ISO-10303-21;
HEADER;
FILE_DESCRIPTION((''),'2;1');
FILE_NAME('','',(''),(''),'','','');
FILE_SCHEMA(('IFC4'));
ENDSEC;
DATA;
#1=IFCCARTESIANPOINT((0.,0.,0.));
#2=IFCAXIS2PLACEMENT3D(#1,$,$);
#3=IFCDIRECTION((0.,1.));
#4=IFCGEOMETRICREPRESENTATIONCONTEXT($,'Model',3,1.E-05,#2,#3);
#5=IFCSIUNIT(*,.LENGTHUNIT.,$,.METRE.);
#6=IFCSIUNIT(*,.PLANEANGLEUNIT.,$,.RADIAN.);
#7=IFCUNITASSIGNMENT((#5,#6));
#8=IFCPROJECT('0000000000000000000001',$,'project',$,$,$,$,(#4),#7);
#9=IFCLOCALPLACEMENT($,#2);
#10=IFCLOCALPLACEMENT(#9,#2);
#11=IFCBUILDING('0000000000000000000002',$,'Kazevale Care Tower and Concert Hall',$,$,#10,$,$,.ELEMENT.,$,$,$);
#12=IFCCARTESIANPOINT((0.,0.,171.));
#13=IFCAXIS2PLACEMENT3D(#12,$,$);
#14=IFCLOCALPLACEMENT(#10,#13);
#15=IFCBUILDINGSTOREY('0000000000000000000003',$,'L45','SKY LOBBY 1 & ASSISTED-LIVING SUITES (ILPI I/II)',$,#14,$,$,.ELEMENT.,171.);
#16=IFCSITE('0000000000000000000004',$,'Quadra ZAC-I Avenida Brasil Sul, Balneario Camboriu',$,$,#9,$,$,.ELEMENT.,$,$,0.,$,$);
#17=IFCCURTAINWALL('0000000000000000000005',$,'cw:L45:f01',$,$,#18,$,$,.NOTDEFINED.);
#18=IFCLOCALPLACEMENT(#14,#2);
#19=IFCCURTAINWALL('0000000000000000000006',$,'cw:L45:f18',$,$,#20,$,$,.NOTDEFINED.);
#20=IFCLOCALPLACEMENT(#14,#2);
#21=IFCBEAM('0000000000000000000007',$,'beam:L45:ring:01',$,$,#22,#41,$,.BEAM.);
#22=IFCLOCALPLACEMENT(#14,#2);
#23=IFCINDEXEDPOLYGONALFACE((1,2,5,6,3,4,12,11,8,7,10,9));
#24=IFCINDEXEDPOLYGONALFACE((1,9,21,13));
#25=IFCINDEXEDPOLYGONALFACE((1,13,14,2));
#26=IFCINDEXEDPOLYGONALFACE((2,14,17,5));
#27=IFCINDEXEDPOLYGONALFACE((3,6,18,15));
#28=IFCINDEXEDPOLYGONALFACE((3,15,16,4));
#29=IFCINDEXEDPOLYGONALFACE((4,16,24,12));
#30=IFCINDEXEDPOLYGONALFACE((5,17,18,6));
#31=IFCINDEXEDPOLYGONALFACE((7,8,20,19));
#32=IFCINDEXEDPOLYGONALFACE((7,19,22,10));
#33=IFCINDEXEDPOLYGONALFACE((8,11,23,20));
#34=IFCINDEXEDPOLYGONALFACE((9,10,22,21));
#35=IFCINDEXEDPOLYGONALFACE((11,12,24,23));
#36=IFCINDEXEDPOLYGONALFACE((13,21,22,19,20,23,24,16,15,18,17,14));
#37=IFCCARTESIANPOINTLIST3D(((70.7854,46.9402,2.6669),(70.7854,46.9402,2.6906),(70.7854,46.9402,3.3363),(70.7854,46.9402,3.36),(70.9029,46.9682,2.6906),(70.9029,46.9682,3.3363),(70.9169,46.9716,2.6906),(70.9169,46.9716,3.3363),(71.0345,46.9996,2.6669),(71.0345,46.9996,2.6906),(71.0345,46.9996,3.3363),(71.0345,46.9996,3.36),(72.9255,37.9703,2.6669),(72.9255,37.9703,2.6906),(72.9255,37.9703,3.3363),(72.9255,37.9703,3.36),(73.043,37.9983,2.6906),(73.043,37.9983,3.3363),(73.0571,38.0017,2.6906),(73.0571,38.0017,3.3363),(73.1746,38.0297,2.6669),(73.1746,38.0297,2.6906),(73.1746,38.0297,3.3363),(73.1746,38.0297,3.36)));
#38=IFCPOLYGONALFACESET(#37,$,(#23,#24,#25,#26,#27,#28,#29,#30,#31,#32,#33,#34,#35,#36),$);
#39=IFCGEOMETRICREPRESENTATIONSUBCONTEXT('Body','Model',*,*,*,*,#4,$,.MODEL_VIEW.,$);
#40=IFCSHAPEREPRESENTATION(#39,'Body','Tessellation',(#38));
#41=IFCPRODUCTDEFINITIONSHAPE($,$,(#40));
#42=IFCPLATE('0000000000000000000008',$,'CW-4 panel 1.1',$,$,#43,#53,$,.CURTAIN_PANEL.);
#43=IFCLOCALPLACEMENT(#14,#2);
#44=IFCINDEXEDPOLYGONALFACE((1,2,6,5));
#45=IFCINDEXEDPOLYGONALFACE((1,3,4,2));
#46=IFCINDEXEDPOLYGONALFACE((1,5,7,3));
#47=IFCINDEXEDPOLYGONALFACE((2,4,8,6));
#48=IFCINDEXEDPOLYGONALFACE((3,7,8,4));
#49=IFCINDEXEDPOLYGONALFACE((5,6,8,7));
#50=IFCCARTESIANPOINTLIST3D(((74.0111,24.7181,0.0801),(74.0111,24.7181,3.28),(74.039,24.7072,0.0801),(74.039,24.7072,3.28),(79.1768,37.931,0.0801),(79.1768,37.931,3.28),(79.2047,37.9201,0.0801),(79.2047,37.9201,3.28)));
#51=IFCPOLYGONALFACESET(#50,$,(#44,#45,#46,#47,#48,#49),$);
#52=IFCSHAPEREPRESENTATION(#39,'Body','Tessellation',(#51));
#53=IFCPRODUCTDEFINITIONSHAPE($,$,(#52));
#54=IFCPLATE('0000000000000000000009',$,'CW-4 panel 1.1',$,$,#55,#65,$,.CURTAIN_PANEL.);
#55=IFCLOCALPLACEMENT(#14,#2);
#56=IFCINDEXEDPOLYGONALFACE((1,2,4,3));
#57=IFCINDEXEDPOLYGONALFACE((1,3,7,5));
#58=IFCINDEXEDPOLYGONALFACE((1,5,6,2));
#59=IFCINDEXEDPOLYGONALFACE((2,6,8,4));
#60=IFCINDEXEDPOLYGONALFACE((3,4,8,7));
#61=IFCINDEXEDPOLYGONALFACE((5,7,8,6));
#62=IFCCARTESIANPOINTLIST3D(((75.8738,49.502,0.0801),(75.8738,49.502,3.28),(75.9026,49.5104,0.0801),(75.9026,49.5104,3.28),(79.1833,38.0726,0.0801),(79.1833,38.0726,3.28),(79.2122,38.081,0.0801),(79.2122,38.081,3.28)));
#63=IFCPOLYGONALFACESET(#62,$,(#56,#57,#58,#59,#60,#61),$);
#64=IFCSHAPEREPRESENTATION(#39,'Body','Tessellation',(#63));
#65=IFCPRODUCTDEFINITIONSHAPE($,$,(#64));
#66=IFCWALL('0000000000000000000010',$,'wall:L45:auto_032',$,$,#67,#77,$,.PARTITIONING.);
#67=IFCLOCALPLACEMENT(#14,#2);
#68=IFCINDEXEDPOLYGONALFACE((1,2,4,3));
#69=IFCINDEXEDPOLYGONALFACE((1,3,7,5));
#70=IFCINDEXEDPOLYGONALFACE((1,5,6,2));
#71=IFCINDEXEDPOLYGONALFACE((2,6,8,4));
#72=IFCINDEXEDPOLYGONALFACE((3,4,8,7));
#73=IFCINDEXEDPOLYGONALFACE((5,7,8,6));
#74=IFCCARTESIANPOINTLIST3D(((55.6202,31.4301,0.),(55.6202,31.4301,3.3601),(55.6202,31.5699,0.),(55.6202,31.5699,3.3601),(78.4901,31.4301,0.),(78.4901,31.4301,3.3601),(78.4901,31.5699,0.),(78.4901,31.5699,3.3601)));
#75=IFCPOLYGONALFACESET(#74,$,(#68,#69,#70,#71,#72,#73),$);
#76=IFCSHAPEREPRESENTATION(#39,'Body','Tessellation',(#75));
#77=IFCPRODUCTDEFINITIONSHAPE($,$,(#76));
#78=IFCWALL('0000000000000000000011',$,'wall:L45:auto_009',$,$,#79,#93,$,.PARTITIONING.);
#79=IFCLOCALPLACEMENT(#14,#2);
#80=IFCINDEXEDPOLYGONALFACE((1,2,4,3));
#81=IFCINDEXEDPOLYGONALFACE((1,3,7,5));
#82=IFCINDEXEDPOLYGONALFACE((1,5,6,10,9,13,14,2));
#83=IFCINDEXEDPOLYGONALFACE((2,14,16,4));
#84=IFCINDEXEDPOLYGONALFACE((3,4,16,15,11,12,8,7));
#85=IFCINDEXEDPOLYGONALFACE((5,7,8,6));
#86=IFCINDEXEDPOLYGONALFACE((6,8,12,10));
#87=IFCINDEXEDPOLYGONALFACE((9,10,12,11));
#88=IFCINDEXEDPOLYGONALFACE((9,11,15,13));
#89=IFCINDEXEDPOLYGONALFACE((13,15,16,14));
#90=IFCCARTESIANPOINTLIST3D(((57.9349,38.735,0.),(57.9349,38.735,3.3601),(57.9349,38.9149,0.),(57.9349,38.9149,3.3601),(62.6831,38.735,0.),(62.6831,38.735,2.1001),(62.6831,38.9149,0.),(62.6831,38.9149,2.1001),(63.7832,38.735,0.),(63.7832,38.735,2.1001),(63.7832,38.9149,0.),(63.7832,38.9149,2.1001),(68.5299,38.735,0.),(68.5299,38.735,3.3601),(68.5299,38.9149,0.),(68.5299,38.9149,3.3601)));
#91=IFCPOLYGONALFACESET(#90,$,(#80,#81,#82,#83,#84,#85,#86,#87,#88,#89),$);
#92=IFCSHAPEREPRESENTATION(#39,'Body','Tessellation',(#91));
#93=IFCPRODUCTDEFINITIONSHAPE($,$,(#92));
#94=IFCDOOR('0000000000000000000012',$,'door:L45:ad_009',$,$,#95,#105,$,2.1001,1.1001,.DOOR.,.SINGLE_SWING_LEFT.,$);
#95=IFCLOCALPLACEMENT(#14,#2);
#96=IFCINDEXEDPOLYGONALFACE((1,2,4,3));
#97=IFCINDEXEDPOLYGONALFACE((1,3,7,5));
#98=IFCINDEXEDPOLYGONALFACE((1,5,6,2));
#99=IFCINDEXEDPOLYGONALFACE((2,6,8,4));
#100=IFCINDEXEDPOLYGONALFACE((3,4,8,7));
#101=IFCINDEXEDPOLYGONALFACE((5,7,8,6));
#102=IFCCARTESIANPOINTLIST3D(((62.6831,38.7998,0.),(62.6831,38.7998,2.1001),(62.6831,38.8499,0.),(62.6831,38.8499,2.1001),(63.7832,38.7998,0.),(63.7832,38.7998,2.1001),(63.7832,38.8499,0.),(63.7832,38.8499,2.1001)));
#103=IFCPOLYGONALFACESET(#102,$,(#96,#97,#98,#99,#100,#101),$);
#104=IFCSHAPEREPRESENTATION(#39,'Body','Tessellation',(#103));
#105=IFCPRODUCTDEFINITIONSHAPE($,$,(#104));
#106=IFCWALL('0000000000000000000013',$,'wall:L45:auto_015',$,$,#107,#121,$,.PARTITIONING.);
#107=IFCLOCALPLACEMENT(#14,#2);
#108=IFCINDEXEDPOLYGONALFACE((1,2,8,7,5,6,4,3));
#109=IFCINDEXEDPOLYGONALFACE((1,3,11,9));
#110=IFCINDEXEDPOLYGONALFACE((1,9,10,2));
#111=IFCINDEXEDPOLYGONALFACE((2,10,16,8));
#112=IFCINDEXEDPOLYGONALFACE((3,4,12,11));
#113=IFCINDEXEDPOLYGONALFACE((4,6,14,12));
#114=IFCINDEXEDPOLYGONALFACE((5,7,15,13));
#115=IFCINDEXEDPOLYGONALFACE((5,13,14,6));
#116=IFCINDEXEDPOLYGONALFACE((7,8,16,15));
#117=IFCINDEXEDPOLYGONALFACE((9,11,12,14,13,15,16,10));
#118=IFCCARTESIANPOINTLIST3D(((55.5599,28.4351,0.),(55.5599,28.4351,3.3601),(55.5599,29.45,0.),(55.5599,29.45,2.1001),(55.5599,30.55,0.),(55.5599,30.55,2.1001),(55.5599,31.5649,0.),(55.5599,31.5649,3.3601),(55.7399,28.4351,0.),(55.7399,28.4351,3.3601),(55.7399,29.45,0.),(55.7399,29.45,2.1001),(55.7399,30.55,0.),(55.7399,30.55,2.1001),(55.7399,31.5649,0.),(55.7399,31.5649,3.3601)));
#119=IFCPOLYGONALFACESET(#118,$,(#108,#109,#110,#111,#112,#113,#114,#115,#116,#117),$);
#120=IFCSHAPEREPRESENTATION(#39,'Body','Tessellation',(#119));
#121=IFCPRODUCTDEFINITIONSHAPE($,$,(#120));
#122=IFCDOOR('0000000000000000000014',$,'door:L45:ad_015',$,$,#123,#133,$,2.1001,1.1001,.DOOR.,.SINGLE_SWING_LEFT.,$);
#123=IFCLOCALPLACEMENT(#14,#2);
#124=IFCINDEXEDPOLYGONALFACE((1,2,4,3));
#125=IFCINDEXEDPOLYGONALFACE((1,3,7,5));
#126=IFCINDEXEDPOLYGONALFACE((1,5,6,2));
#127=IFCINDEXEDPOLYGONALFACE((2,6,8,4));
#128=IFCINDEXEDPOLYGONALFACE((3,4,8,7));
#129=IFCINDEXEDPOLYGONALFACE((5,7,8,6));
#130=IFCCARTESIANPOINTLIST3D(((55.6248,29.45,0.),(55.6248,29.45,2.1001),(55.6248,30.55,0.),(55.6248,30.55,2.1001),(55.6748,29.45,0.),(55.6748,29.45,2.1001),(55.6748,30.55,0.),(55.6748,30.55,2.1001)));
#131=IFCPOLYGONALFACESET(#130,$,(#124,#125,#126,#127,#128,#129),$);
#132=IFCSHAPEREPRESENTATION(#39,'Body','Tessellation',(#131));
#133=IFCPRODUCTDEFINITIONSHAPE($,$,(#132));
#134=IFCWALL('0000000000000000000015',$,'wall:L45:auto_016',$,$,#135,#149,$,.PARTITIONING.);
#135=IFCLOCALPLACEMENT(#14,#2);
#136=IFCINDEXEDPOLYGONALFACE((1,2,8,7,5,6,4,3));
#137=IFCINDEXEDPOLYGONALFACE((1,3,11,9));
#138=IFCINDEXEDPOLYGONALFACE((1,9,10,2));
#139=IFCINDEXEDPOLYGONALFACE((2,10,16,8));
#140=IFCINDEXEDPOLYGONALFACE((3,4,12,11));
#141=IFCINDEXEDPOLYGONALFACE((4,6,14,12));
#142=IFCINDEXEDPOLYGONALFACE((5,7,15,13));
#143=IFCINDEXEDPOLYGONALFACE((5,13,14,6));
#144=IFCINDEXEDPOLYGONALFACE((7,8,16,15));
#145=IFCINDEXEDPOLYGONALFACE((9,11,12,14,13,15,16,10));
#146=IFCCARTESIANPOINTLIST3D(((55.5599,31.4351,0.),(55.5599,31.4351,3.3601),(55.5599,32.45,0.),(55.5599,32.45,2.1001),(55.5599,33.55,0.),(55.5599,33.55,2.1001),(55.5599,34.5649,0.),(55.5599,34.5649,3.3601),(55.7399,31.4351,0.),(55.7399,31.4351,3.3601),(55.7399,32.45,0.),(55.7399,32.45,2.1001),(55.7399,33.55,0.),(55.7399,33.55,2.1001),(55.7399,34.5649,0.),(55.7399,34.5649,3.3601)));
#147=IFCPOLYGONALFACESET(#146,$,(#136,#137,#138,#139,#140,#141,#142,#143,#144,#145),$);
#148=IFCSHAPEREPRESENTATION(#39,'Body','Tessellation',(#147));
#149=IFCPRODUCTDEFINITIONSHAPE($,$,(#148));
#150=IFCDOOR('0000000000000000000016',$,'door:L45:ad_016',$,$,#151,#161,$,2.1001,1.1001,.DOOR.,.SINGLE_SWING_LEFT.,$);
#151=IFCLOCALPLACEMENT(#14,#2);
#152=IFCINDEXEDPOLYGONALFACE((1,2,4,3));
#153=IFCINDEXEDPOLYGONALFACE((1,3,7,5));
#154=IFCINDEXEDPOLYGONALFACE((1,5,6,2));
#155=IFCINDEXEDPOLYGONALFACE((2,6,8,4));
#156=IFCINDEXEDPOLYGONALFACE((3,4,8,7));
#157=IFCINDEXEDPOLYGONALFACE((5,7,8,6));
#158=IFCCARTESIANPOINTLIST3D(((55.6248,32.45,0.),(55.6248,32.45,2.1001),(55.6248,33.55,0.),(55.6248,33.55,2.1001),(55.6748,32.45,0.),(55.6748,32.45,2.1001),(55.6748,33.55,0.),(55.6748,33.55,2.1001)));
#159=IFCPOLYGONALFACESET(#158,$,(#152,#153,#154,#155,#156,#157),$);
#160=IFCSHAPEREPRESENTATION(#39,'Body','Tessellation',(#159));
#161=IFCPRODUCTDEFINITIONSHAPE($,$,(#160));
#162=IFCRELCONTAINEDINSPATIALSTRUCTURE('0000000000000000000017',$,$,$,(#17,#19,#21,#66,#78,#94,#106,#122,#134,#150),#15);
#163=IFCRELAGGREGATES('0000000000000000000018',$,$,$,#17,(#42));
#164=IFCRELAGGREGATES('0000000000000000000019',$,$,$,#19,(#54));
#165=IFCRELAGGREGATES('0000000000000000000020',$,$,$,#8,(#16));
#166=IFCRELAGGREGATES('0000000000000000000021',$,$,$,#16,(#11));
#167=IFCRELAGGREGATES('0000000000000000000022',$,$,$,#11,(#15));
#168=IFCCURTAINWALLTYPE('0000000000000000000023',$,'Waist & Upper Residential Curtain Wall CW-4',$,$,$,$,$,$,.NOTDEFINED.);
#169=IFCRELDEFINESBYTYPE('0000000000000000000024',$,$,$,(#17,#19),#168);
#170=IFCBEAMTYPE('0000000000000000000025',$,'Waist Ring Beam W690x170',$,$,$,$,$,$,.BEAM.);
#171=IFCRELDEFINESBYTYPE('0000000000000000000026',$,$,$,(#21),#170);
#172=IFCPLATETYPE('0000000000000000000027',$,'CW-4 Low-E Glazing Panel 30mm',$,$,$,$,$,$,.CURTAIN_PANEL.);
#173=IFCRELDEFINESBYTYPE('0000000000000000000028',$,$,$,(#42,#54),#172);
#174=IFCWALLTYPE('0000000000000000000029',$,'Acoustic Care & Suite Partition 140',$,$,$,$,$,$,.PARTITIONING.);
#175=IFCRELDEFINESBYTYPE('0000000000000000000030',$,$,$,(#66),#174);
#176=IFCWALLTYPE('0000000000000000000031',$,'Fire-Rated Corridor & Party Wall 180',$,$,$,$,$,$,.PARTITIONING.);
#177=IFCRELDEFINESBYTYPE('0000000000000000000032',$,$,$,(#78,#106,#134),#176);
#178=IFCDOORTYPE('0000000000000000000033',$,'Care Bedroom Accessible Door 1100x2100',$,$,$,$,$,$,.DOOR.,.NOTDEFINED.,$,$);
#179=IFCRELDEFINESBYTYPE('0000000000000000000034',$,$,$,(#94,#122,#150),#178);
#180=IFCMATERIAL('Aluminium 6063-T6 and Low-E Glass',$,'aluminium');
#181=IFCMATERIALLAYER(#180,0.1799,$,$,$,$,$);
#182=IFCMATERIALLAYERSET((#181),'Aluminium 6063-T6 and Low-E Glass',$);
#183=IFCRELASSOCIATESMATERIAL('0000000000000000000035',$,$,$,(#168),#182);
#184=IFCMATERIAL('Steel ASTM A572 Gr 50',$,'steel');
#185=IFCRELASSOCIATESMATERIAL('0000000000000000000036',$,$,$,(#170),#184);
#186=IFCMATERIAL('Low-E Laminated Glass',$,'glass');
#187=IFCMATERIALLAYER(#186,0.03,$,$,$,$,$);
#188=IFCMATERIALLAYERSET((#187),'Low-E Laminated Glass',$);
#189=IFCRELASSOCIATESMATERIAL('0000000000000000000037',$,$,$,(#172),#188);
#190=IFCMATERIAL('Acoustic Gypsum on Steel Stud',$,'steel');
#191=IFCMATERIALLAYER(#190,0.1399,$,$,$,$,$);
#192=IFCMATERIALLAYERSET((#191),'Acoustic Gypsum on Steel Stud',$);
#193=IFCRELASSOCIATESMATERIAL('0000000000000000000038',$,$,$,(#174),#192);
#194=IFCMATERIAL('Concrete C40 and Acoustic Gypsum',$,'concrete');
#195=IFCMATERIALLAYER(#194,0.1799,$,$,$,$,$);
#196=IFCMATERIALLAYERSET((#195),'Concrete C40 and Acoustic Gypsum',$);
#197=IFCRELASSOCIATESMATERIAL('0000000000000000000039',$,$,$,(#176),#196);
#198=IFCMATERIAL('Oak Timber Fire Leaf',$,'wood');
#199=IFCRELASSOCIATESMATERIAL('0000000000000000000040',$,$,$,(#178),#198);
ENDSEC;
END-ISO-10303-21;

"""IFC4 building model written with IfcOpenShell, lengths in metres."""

from ifc_helpers import new_model, si_unit, direction, frame, frame_2d, origin, origin_2d, place, context, subcontext, project, spatial, rectangle, i_section, extrude, material, layer, layer_set, material_profile, profile_set, type_object, element, fill, aggregate, save


model = new_model("IFC4")

# Units and contexts
model_context = context("Model", 3, precision=1e-05, world=origin(), true_north=direction((0.0, 1.0)))
body_context = subcontext(model_context, "Body", "Model", "MODEL_VIEW")
ifc_project = project(units=[si_unit("LENGTHUNIT", "METRE"), si_unit("PLANEANGLEUNIT", "RADIAN")], contexts=[model_context])

# Site, building, storey
site_placement = place(None, origin())
site = spatial("IfcSite", under=ifc_project, at=site_placement, Name="Quadra ZAC-I Avenida Brasil Sul, Balneario Camboriu", CompositionType="ELEMENT", RefElevation=0.0)
building_placement = place(site_placement, origin())
building = spatial("IfcBuilding", under=site, at=building_placement, Name="Kazevale Care Tower and Concert Hall", CompositionType="ELEMENT")
storey_placement = place(building_placement, frame((0.0, 0.0, 171.0)))
storey = spatial("IfcBuildingStorey", under=building, at=storey_placement, Name="L45", Description="SKY LOBBY 1 & ASSISTED-LIVING SUITES (ILPI I/II)", CompositionType="ELEMENT", Elevation=171.0)

# Curtain walls
ifc_material_1 = material(Name="Aluminium 6063-T6 and Low-E Glass", Category="aluminium")
ifc_layer_1 = layer(ifc_material_1, 0.1799)
ifc_layer_set_1 = layer_set([ifc_layer_1], Name="Aluminium 6063-T6 and Low-E Glass")
curtain_wall_type = type_object("IfcCurtainWallType", Name="Waist & Upper Residential Curtain Wall CW-4", PredefinedType="NOTDEFINED", material=ifc_layer_set_1)
curtain_wall_1_placement = place(storey_placement, origin())
curtain_wall_1 = element("IfcCurtainWall", 1, at=curtain_wall_1_placement, inside=storey, type_object=curtain_wall_type, Name="cw:L45:f01", PredefinedType="NOTDEFINED")
curtain_wall_2_placement = place(storey_placement, origin())
curtain_wall_2 = element("IfcCurtainWall", 2, at=curtain_wall_2_placement, inside=storey, type_object=curtain_wall_type, Name="cw:L45:f18", PredefinedType="NOTDEFINED")

# Beam
ifc_material_2 = material(Name="Steel ASTM A572 Gr 50", Category="steel")
ifc_material_profile_1 = material_profile(ifc_material_2, i_section(OverallWidth=0.2561, OverallDepth=0.6931, WebThickness=0.0144, FlangeThickness=0.0237, at=origin_2d()), Name="W690x170")
ifc_profile_set_1 = profile_set([ifc_material_profile_1], Name="Steel ASTM A572 Gr 50")
beam_type_1 = type_object("IfcBeamType", Name="Waist Ring Beam W690x170", PredefinedType="BEAM", material=ifc_profile_set_1)
beam_1_placement = place(storey_placement, frame((73.05, 38.0, 3.0134), z_axis=(-0.232075, 0.972698, 0.0), x_axis=(-0.972698, -0.232075, 0.0)))
element("IfcBeam", 3, at=beam_1_placement, inside=storey, type_object=beam_type_1, Name="beam:L45:ring:01", PredefinedType="BEAM", context=body_context, shape_type="SweptSolid", body=[
    extrude(i_section(OverallWidth=0.2561, OverallDepth=0.6931, WebThickness=0.0144, FlangeThickness=0.0237, at=origin_2d()), origin(), (0.0, 0.0, 1.0), 9.2217),
])

# Plates
ifc_material_3 = material(Name="Low-E Laminated Glass", Category="glass")
ifc_layer_2 = layer(ifc_material_3, 0.03)
ifc_layer_set_2 = layer_set([ifc_layer_2], Name="Low-E Laminated Glass")
plate_type = type_object("IfcPlateType", Name="CW-4 Low-E Glazing Panel 30mm", PredefinedType="CURTAIN_PANEL", material=ifc_layer_set_2)
plate_1_placement = place(storey_placement, frame((76.6079, 31.3191, 0.0801), z_axis=(0.0, 0.0, 1.0), x_axis=(-0.364121, -0.931352, 0.0)))
plate_1 = element("IfcPlate", 4, at=plate_1_placement, type_object=plate_type, Name="CW-4 panel 1.1", PredefinedType="CURTAIN_PANEL", context=body_context, shape_type="SweptSolid", body=[
    extrude(rectangle(XDim=14.1868, YDim=0.03, at=origin_2d()), origin(), (0.0, 0.0, 1.0), 3.2),
])
aggregate(curtain_wall_1, [plate_1])
plate_2_placement = place(storey_placement, frame((77.543, 43.7915, 0.0801), z_axis=(0.0, 0.0, 1.0), x_axis=(0.278137, -0.960542, 0.0)))
plate_2 = element("IfcPlate", 5, at=plate_2_placement, type_object=plate_type, Name="CW-4 panel 1.1", PredefinedType="CURTAIN_PANEL", context=body_context, shape_type="SweptSolid", body=[
    extrude(rectangle(XDim=11.8989, YDim=0.03, at=origin_2d()), origin(), (0.0, 0.0, 1.0), 3.2),
])
aggregate(curtain_wall_2, [plate_2])

# Wall
ifc_material_4 = material(Name="Acoustic Gypsum on Steel Stud", Category="steel")
ifc_layer_3 = layer(ifc_material_4, 0.1399)
ifc_layer_set_3 = layer_set([ifc_layer_3], Name="Acoustic Gypsum on Steel Stud")
wall_type_1 = type_object("IfcWallType", Name="Acoustic Care & Suite Partition 140", PredefinedType="PARTITIONING", material=ifc_layer_set_3)
wall_1_placement = place(storey_placement, frame((55.6201, 31.5, 0.0), z_axis=(0.0, 0.0, 1.0), x_axis=(1.0, 0.0, 0.0)))
element("IfcWall", 6, at=wall_1_placement, inside=storey, type_object=wall_type_1, Name="wall:L45:auto_032", PredefinedType="PARTITIONING", context=body_context, shape_type="SweptSolid", body=[
    extrude(rectangle(XDim=22.8699, YDim=0.1399, at=frame_2d((11.4351, 0.0))), origin(), (0.0, 0.0, 1.0), 3.3601),
])

# Walls, openings, doors
ifc_material_5 = material(Name="Concrete C40 and Acoustic Gypsum", Category="concrete")
ifc_layer_4 = layer(ifc_material_5, 0.1799)
ifc_layer_set_4 = layer_set([ifc_layer_4], Name="Concrete C40 and Acoustic Gypsum")
wall_type_2 = type_object("IfcWallType", Name="Fire-Rated Corridor & Party Wall 180", PredefinedType="PARTITIONING", material=ifc_layer_set_4)
wall_2_placement = place(storey_placement, frame((57.9351, 38.825, 0.0), z_axis=(0.0, 0.0, 1.0), x_axis=(1.0, 0.0, 0.0)))
wall_2 = element("IfcWall", 7, at=wall_2_placement, inside=storey, type_object=wall_type_2, Name="wall:L45:auto_009", PredefinedType="PARTITIONING", context=body_context, shape_type="SweptSolid", body=[
    extrude(rectangle(XDim=10.595, YDim=0.1799, at=frame_2d((5.2974, 0.0))), origin(), (0.0, 0.0, 1.0), 3.3601),
])
opening_1_placement = place(wall_2_placement, frame((4.748, 0.0, 0.0)))
opening_1 = element("IfcOpeningElement", 8, at=opening_1_placement, cuts=wall_2, PredefinedType="OPENING", context=body_context, shape_type="SweptSolid", body=[
    extrude(rectangle(XDim=1.1001, YDim=2.1001, at=frame_2d((0.55, 1.05))), frame((0.0, 0.0999, 0.0), z_axis=(0.0, -1.0, 0.0), x_axis=(1.0, 0.0, 0.0)), (0.0, 0.0, 1.0), 0.2),
])
ifc_material_6 = material(Name="Oak Timber Fire Leaf", Category="wood")
door_type = type_object("IfcDoorType", Name="Care Bedroom Accessible Door 1100x2100", OperationType="NOTDEFINED", PredefinedType="DOOR", material=ifc_material_6)
door_1_placement = place(opening_1_placement, origin())
door_1 = element("IfcDoor", 9, at=door_1_placement, inside=storey, type_object=door_type, Name="door:L45:ad_009", OperationType="SINGLE_SWING_LEFT", OverallHeight=2.1001, OverallWidth=1.1001, PredefinedType="DOOR", context=body_context, shape_type="SweptSolid", body=[
    extrude(rectangle(XDim=1.1001, YDim=2.1001, at=frame_2d((0.55, 1.05))), frame((0.0, 0.0249, 0.0), z_axis=(0.0, -1.0, 0.0), x_axis=(1.0, 0.0, 0.0)), (0.0, 0.0, 1.0), 0.05),
])
fill(opening_1, door_1)
wall_3_placement = place(storey_placement, frame((55.6499, 31.5649, 0.0), z_axis=(0.0, 0.0, 1.0), x_axis=(0.0, -1.0, 0.0)))
wall_3 = element("IfcWall", 10, at=wall_3_placement, inside=storey, type_object=wall_type_2, Name="wall:L45:auto_015", PredefinedType="PARTITIONING", context=body_context, shape_type="SweptSolid", body=[
    extrude(rectangle(XDim=3.1299, YDim=0.1799, at=frame_2d((1.5649, 0.0))), origin(), (0.0, 0.0, 1.0), 3.3601),
])
opening_2_placement = place(wall_3_placement, frame((1.0149, 0.0, 0.0)))
opening_2 = element("IfcOpeningElement", 11, at=opening_2_placement, cuts=wall_3, PredefinedType="OPENING", context=body_context, shape_type="SweptSolid", body=[
    extrude(rectangle(XDim=1.1001, YDim=2.1001, at=frame_2d((0.55, 1.05))), frame((0.0, 0.0999, 0.0), z_axis=(0.0, -1.0, 0.0), x_axis=(1.0, 0.0, 0.0)), (0.0, 0.0, 1.0), 0.2),
])
door_2_placement = place(opening_2_placement, origin())
door_2 = element("IfcDoor", 12, at=door_2_placement, inside=storey, type_object=door_type, Name="door:L45:ad_015", OperationType="SINGLE_SWING_LEFT", OverallHeight=2.1001, OverallWidth=1.1001, PredefinedType="DOOR", context=body_context, shape_type="SweptSolid", body=[
    extrude(rectangle(XDim=1.1001, YDim=2.1001, at=frame_2d((0.55, 1.05))), frame((0.0, 0.0249, 0.0), z_axis=(0.0, -1.0, 0.0), x_axis=(1.0, 0.0, 0.0)), (0.0, 0.0, 1.0), 0.05),
])
fill(opening_2, door_2)
wall_4_placement = place(storey_placement, frame((55.6499, 34.5649, 0.0), z_axis=(0.0, 0.0, 1.0), x_axis=(0.0, -1.0, 0.0)))
wall_4 = element("IfcWall", 13, at=wall_4_placement, inside=storey, type_object=wall_type_2, Name="wall:L45:auto_016", PredefinedType="PARTITIONING", context=body_context, shape_type="SweptSolid", body=[
    extrude(rectangle(XDim=3.1299, YDim=0.1799, at=frame_2d((1.5649, 0.0))), origin(), (0.0, 0.0, 1.0), 3.3601),
])
opening_3_placement = place(wall_4_placement, frame((1.0149, 0.0, 0.0)))
opening_3 = element("IfcOpeningElement", 14, at=opening_3_placement, cuts=wall_4, PredefinedType="OPENING", context=body_context, shape_type="SweptSolid", body=[
    extrude(rectangle(XDim=1.1001, YDim=2.1001, at=frame_2d((0.55, 1.05))), frame((0.0, 0.0999, 0.0), z_axis=(0.0, -1.0, 0.0), x_axis=(1.0, 0.0, 0.0)), (0.0, 0.0, 1.0), 0.2),
])
door_3_placement = place(opening_3_placement, origin())
door_3 = element("IfcDoor", 15, at=door_3_placement, inside=storey, type_object=door_type, Name="door:L45:ad_016", OperationType="SINGLE_SWING_LEFT", OverallHeight=2.1001, OverallWidth=1.1001, PredefinedType="DOOR", context=body_context, shape_type="SweptSolid", body=[
    extrude(rectangle(XDim=1.1001, YDim=2.1001, at=frame_2d((0.55, 1.05))), frame((0.0, 0.0249, 0.0), z_axis=(0.0, -1.0, 0.0), x_axis=(1.0, 0.0, 0.0)), (0.0, 0.0, 1.0), 0.05),
])
fill(opening_3, door_3)

save(model, "model.ifc")
